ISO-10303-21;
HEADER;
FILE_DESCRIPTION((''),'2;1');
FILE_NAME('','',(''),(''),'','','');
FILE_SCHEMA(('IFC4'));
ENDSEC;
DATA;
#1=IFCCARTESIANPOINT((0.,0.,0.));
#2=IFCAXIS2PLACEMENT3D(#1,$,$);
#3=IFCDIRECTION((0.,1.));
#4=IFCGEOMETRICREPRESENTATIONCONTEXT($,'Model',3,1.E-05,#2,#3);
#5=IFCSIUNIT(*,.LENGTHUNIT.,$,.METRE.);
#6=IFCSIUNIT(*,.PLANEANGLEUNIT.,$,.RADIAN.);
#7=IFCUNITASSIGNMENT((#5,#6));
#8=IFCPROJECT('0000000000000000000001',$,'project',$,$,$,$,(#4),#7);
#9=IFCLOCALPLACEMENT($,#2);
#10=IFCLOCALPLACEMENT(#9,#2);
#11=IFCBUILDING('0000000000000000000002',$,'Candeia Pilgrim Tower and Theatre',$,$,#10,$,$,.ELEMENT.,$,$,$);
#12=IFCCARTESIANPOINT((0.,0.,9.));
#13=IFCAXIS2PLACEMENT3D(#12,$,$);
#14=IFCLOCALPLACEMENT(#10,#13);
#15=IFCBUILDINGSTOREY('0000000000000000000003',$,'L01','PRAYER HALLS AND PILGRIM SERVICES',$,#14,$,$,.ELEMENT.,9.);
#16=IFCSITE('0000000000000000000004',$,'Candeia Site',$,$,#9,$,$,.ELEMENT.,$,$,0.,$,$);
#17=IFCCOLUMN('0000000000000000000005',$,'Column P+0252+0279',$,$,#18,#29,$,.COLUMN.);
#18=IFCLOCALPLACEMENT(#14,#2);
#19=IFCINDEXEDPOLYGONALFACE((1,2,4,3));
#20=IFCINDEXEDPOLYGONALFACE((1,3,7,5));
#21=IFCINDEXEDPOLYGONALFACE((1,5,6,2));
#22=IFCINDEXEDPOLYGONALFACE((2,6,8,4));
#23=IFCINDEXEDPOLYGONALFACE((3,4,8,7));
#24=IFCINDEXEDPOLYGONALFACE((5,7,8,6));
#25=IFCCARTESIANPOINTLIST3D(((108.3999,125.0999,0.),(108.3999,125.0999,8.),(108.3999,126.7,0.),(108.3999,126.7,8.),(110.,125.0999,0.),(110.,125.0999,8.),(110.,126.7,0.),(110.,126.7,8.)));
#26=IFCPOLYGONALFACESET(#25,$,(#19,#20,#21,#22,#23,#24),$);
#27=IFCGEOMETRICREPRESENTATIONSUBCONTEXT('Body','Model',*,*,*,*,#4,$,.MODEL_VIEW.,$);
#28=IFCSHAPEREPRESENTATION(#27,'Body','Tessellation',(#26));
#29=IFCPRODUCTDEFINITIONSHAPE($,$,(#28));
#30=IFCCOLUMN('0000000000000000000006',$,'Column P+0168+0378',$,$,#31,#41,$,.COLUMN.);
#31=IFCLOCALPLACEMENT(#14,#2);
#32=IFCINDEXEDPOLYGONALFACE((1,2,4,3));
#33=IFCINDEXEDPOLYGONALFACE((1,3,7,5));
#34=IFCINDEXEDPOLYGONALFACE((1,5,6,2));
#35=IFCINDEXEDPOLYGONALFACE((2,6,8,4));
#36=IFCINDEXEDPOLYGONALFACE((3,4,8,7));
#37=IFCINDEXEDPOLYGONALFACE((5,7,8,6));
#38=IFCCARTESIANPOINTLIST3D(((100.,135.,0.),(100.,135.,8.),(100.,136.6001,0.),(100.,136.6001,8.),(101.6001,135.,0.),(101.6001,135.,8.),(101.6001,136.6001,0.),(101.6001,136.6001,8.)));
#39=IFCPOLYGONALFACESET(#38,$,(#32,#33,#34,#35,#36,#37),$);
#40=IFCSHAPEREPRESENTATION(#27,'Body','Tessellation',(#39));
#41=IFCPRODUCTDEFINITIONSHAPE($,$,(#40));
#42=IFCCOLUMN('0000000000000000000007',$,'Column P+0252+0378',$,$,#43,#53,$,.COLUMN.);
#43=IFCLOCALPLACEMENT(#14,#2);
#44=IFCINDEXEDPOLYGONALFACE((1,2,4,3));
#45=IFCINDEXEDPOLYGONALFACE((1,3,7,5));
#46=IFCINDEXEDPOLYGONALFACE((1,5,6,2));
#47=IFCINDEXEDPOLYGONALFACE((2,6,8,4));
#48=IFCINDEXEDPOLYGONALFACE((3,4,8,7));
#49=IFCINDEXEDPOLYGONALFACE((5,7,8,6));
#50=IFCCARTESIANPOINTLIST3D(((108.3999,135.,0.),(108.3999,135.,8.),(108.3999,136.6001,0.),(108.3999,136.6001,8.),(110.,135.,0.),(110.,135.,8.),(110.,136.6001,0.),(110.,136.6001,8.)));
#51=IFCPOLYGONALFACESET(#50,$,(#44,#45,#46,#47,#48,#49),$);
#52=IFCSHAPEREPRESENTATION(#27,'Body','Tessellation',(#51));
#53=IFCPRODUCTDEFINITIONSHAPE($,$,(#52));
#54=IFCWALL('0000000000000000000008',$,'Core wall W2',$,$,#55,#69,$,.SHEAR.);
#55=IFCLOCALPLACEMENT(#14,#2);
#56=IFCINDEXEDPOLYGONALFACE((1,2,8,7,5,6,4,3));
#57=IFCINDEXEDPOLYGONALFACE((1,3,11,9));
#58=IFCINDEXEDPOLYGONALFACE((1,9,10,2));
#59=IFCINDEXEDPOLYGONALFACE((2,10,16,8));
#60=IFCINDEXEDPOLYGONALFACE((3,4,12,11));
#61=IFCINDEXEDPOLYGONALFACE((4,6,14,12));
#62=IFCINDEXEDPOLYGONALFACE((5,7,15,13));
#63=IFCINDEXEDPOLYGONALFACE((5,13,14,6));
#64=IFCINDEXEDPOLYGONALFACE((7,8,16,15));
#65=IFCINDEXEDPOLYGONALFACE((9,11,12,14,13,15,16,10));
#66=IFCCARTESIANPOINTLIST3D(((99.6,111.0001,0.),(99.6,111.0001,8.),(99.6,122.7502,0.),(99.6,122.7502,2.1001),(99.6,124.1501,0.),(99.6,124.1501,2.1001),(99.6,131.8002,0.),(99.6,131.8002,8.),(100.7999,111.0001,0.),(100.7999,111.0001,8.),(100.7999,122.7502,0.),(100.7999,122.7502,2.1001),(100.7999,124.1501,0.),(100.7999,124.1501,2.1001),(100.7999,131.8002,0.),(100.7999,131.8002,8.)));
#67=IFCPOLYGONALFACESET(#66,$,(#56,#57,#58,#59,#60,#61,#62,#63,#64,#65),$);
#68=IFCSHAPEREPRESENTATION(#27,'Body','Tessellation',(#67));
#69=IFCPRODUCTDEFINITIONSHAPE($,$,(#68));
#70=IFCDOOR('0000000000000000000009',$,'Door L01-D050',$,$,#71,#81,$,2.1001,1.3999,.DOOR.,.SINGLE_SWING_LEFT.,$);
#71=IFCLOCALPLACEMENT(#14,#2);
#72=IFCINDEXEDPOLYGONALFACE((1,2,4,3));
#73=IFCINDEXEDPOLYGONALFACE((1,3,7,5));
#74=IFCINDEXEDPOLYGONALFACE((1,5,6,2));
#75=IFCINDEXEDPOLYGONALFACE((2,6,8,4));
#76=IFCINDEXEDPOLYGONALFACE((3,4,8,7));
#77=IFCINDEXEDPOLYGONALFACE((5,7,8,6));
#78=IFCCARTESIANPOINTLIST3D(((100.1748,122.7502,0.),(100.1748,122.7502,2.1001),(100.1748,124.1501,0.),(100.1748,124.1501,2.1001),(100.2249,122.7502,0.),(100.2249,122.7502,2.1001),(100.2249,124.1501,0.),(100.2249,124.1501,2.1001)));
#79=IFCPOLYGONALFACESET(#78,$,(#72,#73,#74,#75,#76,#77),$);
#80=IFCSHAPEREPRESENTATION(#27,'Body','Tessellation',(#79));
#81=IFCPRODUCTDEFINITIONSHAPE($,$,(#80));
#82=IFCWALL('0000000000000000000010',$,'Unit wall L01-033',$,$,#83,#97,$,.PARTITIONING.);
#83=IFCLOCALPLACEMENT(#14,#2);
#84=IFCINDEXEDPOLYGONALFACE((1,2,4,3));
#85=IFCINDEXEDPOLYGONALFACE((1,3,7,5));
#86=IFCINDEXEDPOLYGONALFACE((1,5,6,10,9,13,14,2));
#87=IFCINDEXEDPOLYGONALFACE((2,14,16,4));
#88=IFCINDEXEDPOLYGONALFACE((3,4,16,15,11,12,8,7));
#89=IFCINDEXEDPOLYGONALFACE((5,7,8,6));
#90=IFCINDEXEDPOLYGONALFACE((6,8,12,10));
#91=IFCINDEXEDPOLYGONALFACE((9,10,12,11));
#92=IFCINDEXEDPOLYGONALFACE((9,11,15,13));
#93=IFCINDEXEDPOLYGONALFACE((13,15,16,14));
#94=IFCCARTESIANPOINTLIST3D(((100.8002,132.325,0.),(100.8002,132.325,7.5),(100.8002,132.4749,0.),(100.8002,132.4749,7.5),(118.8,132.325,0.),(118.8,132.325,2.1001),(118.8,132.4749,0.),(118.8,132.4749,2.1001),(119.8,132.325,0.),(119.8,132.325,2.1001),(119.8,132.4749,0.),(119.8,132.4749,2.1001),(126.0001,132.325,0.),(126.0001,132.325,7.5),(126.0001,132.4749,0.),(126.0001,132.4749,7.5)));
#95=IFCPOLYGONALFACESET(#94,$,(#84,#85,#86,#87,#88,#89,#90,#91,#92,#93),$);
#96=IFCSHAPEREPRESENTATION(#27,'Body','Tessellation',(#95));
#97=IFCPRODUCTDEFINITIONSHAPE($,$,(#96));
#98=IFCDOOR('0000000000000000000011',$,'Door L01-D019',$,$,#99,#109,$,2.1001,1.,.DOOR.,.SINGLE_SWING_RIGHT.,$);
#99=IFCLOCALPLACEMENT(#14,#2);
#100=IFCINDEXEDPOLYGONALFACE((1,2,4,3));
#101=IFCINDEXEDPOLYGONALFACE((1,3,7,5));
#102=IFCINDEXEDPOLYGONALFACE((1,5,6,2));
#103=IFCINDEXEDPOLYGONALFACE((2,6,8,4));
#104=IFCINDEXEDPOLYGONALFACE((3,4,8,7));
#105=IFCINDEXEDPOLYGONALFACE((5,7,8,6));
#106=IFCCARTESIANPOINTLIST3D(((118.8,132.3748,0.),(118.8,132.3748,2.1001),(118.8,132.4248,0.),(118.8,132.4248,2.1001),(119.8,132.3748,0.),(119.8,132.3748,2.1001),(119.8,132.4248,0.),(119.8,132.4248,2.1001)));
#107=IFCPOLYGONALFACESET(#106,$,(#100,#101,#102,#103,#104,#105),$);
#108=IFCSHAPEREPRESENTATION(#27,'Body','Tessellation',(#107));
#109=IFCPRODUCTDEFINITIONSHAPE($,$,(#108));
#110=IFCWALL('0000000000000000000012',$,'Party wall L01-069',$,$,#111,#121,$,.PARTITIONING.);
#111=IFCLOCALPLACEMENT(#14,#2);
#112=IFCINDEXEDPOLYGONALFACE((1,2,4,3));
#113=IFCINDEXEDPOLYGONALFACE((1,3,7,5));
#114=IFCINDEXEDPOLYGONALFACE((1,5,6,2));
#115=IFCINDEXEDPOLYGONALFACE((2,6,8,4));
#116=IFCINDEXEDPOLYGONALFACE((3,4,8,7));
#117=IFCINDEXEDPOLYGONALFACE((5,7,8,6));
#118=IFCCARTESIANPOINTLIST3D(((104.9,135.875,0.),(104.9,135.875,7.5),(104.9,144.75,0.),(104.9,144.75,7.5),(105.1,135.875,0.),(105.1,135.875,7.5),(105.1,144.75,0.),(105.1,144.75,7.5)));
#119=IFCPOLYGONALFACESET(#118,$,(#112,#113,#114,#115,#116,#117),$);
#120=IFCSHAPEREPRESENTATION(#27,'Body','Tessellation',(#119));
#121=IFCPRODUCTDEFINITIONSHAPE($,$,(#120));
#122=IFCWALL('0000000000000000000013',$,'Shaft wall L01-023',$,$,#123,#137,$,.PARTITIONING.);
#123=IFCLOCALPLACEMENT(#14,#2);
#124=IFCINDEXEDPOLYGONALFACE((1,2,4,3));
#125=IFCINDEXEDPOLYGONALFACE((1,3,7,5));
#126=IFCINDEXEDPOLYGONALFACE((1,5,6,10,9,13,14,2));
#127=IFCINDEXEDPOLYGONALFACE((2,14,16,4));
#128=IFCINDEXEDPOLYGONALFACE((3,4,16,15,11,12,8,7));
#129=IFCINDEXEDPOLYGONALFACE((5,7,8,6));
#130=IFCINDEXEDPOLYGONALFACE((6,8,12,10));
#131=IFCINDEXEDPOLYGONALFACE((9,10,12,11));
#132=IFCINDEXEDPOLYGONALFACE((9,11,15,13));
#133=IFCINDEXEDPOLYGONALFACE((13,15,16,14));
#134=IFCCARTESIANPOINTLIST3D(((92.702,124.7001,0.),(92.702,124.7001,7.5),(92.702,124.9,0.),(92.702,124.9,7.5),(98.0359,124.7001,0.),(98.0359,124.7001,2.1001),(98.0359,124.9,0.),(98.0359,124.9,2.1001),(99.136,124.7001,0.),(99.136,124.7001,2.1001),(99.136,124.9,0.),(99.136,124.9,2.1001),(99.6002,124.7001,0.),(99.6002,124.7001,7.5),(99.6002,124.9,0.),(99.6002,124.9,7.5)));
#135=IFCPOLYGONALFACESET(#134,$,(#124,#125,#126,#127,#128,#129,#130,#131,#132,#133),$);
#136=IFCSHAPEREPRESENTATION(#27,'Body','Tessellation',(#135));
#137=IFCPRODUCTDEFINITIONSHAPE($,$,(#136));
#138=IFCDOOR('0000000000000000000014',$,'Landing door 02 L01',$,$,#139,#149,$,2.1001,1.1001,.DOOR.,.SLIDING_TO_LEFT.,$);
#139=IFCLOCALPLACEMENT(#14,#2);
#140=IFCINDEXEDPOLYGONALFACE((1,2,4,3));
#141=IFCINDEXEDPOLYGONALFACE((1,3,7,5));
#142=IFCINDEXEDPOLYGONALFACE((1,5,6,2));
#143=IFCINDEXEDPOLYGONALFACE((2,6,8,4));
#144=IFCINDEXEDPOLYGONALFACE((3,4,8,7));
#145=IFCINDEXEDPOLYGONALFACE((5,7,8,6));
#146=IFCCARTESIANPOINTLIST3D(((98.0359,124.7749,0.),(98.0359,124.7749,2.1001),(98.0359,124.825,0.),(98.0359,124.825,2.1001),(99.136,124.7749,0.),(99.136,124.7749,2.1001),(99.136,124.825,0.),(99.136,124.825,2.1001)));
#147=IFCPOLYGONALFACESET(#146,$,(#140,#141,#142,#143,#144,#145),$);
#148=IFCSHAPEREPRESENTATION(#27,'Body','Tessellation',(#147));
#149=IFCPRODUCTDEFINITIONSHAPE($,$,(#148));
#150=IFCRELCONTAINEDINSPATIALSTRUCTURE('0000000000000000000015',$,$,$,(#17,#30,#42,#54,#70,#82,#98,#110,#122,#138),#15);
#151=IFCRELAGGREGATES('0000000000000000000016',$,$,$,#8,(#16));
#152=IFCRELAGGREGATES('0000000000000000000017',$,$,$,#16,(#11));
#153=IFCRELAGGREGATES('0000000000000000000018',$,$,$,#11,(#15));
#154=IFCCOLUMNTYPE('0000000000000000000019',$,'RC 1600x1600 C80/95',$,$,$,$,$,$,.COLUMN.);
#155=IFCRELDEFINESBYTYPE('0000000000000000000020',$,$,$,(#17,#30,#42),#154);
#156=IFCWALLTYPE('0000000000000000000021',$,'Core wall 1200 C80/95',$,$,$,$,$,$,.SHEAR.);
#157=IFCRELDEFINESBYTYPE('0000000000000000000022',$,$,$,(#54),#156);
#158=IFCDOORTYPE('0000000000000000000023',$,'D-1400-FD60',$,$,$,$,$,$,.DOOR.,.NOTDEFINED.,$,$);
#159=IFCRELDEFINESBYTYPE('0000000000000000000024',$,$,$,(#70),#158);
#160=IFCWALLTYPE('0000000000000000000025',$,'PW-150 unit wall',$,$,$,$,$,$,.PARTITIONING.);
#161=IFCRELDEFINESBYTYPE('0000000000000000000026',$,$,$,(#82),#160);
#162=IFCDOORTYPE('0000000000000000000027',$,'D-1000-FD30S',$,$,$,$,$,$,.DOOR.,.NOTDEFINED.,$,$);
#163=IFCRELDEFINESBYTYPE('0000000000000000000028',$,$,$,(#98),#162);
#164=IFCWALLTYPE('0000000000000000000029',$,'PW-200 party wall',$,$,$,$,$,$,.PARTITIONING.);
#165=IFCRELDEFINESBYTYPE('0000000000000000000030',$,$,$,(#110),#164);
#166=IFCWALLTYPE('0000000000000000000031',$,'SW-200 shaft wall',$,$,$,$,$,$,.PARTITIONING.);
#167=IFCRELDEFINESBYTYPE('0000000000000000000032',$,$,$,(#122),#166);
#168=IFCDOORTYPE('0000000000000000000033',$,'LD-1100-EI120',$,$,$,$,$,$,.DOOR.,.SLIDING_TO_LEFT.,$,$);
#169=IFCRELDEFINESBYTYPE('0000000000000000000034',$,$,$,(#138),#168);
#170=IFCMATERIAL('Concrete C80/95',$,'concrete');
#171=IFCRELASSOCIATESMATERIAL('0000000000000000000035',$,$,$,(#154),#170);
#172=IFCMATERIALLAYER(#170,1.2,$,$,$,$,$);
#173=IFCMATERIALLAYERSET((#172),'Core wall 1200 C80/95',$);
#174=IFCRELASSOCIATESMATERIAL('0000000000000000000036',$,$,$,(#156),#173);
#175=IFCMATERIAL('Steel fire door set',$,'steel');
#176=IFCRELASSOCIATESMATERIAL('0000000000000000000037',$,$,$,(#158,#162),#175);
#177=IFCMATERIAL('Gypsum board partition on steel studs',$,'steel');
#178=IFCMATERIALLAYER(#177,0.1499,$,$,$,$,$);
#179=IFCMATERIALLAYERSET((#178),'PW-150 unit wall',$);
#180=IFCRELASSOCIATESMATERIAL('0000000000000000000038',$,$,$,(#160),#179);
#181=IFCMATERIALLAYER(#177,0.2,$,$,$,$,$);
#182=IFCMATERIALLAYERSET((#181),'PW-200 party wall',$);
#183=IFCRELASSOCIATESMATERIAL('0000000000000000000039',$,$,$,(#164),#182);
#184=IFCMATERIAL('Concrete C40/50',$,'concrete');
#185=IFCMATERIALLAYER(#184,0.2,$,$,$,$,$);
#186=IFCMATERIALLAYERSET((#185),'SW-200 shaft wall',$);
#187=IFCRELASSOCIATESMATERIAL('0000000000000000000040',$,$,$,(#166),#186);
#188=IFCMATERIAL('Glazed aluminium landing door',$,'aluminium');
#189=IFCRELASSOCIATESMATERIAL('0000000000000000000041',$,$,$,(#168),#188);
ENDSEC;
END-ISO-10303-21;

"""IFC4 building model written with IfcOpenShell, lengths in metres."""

from ifc_helpers import new_model, si_unit, direction, frame, frame_2d, origin, origin_2d, place, context, subcontext, project, spatial, rectangle, extrude, material, layer, layer_set, material_profile, profile_set, type_object, element, fill, save


model = new_model("IFC4")

# Units and contexts
model_context = context("Model", 3, precision=1e-05, world=origin(), true_north=direction((0.0, 1.0)))
body_context = subcontext(model_context, "Body", "Model", "MODEL_VIEW")
ifc_project = project(units=[si_unit("LENGTHUNIT", "METRE"), si_unit("PLANEANGLEUNIT", "RADIAN")], contexts=[model_context])

# Site, building, storey
site_placement = place(None, origin())
site = spatial("IfcSite", under=ifc_project, at=site_placement, Name="Candeia Site", CompositionType="ELEMENT", RefElevation=0.0)
building_placement = place(site_placement, origin())
building = spatial("IfcBuilding", under=site, at=building_placement, Name="Candeia Pilgrim Tower and Theatre", CompositionType="ELEMENT")
storey_placement = place(building_placement, frame((0.0, 0.0, 9.0)))
storey = spatial("IfcBuildingStorey", under=building, at=storey_placement, Name="L01", Description="PRAYER HALLS AND PILGRIM SERVICES", CompositionType="ELEMENT", Elevation=9.0)

# Columns
ifc_material_1 = material(Name="Concrete C80/95", Category="concrete")
ifc_material_profile = material_profile(ifc_material_1, rectangle(XDim=1.6001, YDim=1.6001, at=origin_2d()))
ifc_profile_set = profile_set([ifc_material_profile], Name="Concrete C80/95")
column_type = type_object("IfcColumnType", Name="RC 1600x1600 C80/95", PredefinedType="COLUMN", material=ifc_profile_set)
for number, where, z_axis, x_axis, name in (
    (1, (109.2, 125.8999, 0.0), (0.0, 0.0, 1.0), (1.0, 0.0, 0.0), "Column P+0252+0279"),
    (2, (100.8, 135.8, 0.0), (0.0, 0.0, 1.0), (1.0, 0.0, 0.0), "Column P+0168+0378"),
    (3, (109.2, 135.8, 0.0), (0.0, 0.0, 1.0), (1.0, 0.0, 0.0), "Column P+0252+0378"),
):
    element("IfcColumn", number, at=place(storey_placement, frame(where, z_axis=z_axis, x_axis=x_axis)), inside=storey, type_object=column_type, Name=name, PredefinedType="COLUMN", context=body_context, shape_type="SweptSolid", body=[
        extrude(rectangle(XDim=1.6001, YDim=1.6001, at=origin_2d()), origin(), (0.0, 0.0, 1.0), 8.0),
    ])

# Walls, openings, doors
ifc_layer_1 = layer(ifc_material_1, 1.2)
ifc_layer_set_1 = layer_set([ifc_layer_1], Name="Core wall 1200 C80/95")
wall_type_1 = type_object("IfcWallType", Name="Core wall 1200 C80/95", PredefinedType="SHEAR", material=ifc_layer_set_1)
wall_1_placement = place(storey_placement, frame((100.2, 131.8, 0.0), z_axis=(0.0, 0.0, 1.0), x_axis=(0.0, -1.0, 0.0)))
wall_1 = element("IfcWall", 4, at=wall_1_placement, inside=storey, type_object=wall_type_1, Name="Core wall W2", PredefinedType="SHEAR", context=body_context, shape_type="SweptSolid", body=[
    extrude(rectangle(XDim=20.8, YDim=1.2, at=frame_2d((10.3999, 0.0))), origin(), (0.0, 0.0, 1.0), 8.0),
])
opening_1_placement = place(wall_1_placement, frame((7.6499, 0.0, 0.0)))
opening_1 = element("IfcOpeningElement", 5, at=opening_1_placement, cuts=wall_1, PredefinedType="OPENING", context=body_context, shape_type="SweptSolid", body=[
    extrude(rectangle(XDim=1.3999, YDim=2.1001, at=frame_2d((0.7, 1.05))), frame((0.0, 0.6099, 0.0), z_axis=(0.0, -1.0, 0.0), x_axis=(1.0, 0.0, 0.0)), (0.0, 0.0, 1.0), 1.22),
])
ifc_material_2 = material(Name="Steel fire door set", Category="steel")
door_type_1 = type_object("IfcDoorType", Name="D-1400-FD60", OperationType="NOTDEFINED", PredefinedType="DOOR", material=ifc_material_2)
door_1_placement = place(opening_1_placement, origin())
door_1 = element("IfcDoor", 6, at=door_1_placement, inside=storey, type_object=door_type_1, Name="Door L01-D050", OperationType="SINGLE_SWING_LEFT", OverallHeight=2.1001, OverallWidth=1.3999, PredefinedType="DOOR", context=body_context, shape_type="SweptSolid", body=[
    extrude(rectangle(XDim=1.3999, YDim=2.1001, at=frame_2d((0.7, 1.05))), frame((0.0, 0.0249, 0.0), z_axis=(0.0, -1.0, 0.0), x_axis=(1.0, 0.0, 0.0)), (0.0, 0.0, 1.0), 0.05),
])
fill(opening_1, door_1)
ifc_material_3 = material(Name="Gypsum board partition on steel studs", Category="steel")
ifc_layer_2 = layer(ifc_material_3, 0.1499)
ifc_layer_set_2 = layer_set([ifc_layer_2], Name="PW-150 unit wall")
wall_type_2 = type_object("IfcWallType", Name="PW-150 unit wall", PredefinedType="PARTITIONING", material=ifc_layer_set_2)
wall_2_placement = place(storey_placement, frame((100.8, 132.3999, 0.0), z_axis=(0.0, 0.0, 1.0), x_axis=(1.0, 0.0, 0.0)))
wall_2 = element("IfcWall", 7, at=wall_2_placement, inside=storey, type_object=wall_type_2, Name="Unit wall L01-033", PredefinedType="PARTITIONING", context=body_context, shape_type="SweptSolid", body=[
    extrude(rectangle(XDim=25.2, YDim=0.1499, at=frame_2d((12.6001, 0.0))), origin(), (0.0, 0.0, 1.0), 7.5),
])
opening_2_placement = place(wall_2_placement, frame((18.0, 0.0, 0.0)))
opening_2 = element("IfcOpeningElement", 8, at=opening_2_placement, cuts=wall_2, PredefinedType="OPENING", context=body_context, shape_type="SweptSolid", body=[
    extrude(rectangle(XDim=1.0, YDim=2.1001, at=frame_2d((0.5, 1.05))), frame((0.0, 0.085, 0.0), z_axis=(0.0, -1.0, 0.0), x_axis=(1.0, 0.0, 0.0)), (0.0, 0.0, 1.0), 0.1699),
])
door_type_2 = type_object("IfcDoorType", Name="D-1000-FD30S", OperationType="NOTDEFINED", PredefinedType="DOOR", material=ifc_material_2)
door_2_placement = place(opening_2_placement, origin())
door_2 = element("IfcDoor", 9, at=door_2_placement, inside=storey, type_object=door_type_2, Name="Door L01-D019", OperationType="SINGLE_SWING_RIGHT", OverallHeight=2.1001, OverallWidth=1.0, PredefinedType="DOOR", context=body_context, shape_type="SweptSolid", body=[
    extrude(rectangle(XDim=1.0, YDim=2.1001, at=frame_2d((0.5, 1.05))), frame((0.0, 0.0249, 0.0), z_axis=(0.0, -1.0, 0.0), x_axis=(1.0, 0.0, 0.0)), (0.0, 0.0, 1.0), 0.05),
])
fill(opening_2, door_2)

# Wall
ifc_layer_3 = layer(ifc_material_3, 0.2)
ifc_layer_set_3 = layer_set([ifc_layer_3], Name="PW-200 party wall")
wall_type_3 = type_object("IfcWallType", Name="PW-200 party wall", PredefinedType="PARTITIONING", material=ifc_layer_set_3)
wall_3_placement = place(storey_placement, frame((105.0, 135.875, 0.0), z_axis=(0.0, 0.0, 1.0), x_axis=(0.0, 1.0, 0.0)))
element("IfcWall", 10, at=wall_3_placement, inside=storey, type_object=wall_type_3, Name="Party wall L01-069", PredefinedType="PARTITIONING", context=body_context, shape_type="SweptSolid", body=[
    extrude(rectangle(XDim=8.875, YDim=0.2, at=frame_2d((4.4375, 0.0))), origin(), (0.0, 0.0, 1.0), 7.5),
])

# Wall, opening, door
ifc_material_4 = material(Name="Concrete C40/50", Category="concrete")
ifc_layer_4 = layer(ifc_material_4, 0.2)
ifc_layer_set_4 = layer_set([ifc_layer_4], Name="SW-200 shaft wall")
wall_type_4 = type_object("IfcWallType", Name="SW-200 shaft wall", PredefinedType="PARTITIONING", material=ifc_layer_set_4)
wall_4_placement = place(storey_placement, frame((92.7019, 124.8, 0.0), z_axis=(0.0, 0.0, 1.0), x_axis=(1.0, 0.0, 0.0)))
wall_4 = element("IfcWall", 11, at=wall_4_placement, inside=storey, type_object=wall_type_4, Name="Shaft wall L01-023", PredefinedType="PARTITIONING", context=body_context, shape_type="SweptSolid", body=[
    extrude(rectangle(XDim=6.8982, YDim=0.2, at=frame_2d((3.4492, 0.0))), origin(), (0.0, 0.0, 1.0), 7.5),
])
opening_3_placement = place(wall_4_placement, frame((5.334, 0.0, 0.0)))
opening_3 = element("IfcOpeningElement", 12, at=opening_3_placement, cuts=wall_4, PredefinedType="OPENING", context=body_context, shape_type="SweptSolid", body=[
    extrude(rectangle(XDim=1.1001, YDim=2.1001, at=frame_2d((0.55, 1.05))), frame((0.0, 0.1099, 0.0), z_axis=(0.0, -1.0, 0.0), x_axis=(1.0, 0.0, 0.0)), (0.0, 0.0, 1.0), 0.22),
])
ifc_material_5 = material(Name="Glazed aluminium landing door", Category="aluminium")
door_type_3 = type_object("IfcDoorType", Name="LD-1100-EI120", OperationType="SLIDING_TO_LEFT", PredefinedType="DOOR", material=ifc_material_5)
door_3_placement = place(opening_3_placement, origin())
door_3 = element("IfcDoor", 13, at=door_3_placement, inside=storey, type_object=door_type_3, Name="Landing door 02 L01", OperationType="SLIDING_TO_LEFT", OverallHeight=2.1001, OverallWidth=1.1001, PredefinedType="DOOR", context=body_context, shape_type="SweptSolid", body=[
    extrude(rectangle(XDim=1.1001, YDim=2.1001, at=frame_2d((0.55, 1.05))), frame((0.0, 0.0249, 0.0), z_axis=(0.0, -1.0, 0.0), x_axis=(1.0, 0.0, 0.0)), (0.0, 0.0, 1.0), 0.05),
])
fill(opening_3, door_3)

save(model, "model.ifc")
